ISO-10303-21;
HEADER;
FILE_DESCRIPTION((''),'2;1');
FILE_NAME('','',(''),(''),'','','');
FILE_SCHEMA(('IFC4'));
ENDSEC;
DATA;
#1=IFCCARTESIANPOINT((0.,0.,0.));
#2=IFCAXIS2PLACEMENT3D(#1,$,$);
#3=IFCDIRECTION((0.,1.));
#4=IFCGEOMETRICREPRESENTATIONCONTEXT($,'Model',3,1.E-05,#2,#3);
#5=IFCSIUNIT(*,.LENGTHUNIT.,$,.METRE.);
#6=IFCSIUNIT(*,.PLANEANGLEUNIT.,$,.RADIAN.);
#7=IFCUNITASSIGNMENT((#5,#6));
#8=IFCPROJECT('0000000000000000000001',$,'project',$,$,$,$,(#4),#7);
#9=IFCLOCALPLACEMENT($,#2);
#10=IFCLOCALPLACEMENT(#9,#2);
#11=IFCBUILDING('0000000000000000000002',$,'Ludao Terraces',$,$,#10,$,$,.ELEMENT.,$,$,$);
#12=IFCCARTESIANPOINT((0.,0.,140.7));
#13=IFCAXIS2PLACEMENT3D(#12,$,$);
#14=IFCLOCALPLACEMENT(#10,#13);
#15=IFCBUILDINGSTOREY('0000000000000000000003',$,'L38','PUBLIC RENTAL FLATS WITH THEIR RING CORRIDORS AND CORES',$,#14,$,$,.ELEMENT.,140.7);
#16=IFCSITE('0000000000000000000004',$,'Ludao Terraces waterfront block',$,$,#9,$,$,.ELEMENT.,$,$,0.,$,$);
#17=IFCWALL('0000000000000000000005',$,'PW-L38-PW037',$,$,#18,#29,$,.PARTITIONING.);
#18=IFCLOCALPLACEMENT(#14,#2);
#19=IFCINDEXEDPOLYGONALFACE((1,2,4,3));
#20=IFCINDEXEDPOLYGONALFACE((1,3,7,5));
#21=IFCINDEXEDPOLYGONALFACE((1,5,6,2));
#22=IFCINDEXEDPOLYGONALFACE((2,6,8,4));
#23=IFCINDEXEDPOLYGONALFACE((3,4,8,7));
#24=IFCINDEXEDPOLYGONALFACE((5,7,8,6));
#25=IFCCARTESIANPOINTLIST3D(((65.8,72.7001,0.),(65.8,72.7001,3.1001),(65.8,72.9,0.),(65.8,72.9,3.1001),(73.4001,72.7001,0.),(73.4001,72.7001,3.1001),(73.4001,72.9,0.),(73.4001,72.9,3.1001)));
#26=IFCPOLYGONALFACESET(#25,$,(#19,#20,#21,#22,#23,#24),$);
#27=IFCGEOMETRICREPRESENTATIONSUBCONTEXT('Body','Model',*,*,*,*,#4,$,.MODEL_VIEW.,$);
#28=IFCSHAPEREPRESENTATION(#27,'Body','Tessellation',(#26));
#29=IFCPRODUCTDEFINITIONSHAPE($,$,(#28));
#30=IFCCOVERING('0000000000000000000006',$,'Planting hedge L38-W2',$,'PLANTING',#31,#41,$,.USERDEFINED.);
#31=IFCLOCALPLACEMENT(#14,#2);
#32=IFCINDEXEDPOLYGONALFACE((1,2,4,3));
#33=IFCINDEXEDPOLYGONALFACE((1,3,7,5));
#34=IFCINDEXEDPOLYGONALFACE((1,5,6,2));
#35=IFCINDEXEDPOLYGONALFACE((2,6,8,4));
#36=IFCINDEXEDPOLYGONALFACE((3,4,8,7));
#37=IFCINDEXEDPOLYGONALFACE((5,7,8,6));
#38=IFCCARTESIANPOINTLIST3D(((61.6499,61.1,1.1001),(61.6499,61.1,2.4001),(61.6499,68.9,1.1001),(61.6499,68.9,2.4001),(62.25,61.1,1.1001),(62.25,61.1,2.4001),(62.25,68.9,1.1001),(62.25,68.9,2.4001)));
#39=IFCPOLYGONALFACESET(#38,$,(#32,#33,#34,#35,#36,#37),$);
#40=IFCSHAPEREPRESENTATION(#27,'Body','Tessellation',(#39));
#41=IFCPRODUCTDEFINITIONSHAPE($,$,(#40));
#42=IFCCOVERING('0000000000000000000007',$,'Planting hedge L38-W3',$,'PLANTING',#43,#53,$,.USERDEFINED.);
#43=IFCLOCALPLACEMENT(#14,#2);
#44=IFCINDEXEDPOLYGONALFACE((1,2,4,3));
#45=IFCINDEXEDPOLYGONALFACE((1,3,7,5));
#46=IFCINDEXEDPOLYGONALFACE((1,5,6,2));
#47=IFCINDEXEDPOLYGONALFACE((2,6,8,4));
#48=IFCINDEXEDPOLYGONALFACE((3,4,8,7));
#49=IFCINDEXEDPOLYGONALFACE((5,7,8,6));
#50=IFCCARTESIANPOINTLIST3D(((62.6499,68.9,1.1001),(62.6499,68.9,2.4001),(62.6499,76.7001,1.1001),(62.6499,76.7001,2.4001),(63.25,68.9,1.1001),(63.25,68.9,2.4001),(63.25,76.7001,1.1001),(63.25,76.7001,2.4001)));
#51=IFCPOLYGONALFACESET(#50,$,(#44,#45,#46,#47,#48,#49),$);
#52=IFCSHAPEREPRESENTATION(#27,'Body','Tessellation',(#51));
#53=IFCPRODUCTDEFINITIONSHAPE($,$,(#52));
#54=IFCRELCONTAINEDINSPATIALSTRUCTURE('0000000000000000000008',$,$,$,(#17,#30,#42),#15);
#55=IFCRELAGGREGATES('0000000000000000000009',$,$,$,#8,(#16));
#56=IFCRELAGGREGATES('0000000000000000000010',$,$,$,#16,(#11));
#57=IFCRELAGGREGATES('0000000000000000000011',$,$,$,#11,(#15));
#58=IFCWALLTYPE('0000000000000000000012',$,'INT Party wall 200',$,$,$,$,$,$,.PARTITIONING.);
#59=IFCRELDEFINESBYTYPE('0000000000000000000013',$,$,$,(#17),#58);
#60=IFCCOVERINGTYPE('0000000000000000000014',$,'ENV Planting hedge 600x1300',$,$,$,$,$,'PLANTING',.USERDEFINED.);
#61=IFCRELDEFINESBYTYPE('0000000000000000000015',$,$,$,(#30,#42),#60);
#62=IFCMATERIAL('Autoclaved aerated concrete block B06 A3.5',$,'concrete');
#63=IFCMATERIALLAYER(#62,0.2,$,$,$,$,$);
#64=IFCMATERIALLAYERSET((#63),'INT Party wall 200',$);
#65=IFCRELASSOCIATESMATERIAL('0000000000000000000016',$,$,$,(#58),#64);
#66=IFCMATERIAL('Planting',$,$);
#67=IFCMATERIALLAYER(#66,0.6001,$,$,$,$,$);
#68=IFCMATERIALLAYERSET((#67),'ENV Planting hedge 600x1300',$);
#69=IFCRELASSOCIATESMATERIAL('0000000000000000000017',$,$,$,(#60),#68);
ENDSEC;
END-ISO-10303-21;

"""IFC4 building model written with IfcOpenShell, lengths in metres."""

from ifc_helpers import new_model, si_unit, direction, frame, frame_2d, origin, origin_2d, place, context, subcontext, project, spatial, rectangle, extrude, material, layer, layer_set, type_object, element, save


model = new_model("IFC4")

# Units and contexts
model_context = context("Model", 3, precision=1e-05, world=origin(), true_north=direction((0.0, 1.0)))
body_context = subcontext(model_context, "Body", "Model", "MODEL_VIEW")
ifc_project = project(units=[si_unit("LENGTHUNIT", "METRE"), si_unit("PLANEANGLEUNIT", "RADIAN")], contexts=[model_context])

# Site, building, storey
site_placement = place(None, origin())
site = spatial("IfcSite", under=ifc_project, at=site_placement, Name="Ludao Terraces waterfront block", CompositionType="ELEMENT", RefElevation=0.0)
building_placement = place(site_placement, origin())
building = spatial("IfcBuilding", under=site, at=building_placement, Name="Ludao Terraces", CompositionType="ELEMENT")
storey_placement = place(building_placement, frame((0.0, 0.0, 140.7)))
storey = spatial("IfcBuildingStorey", under=building, at=storey_placement, Name="L38", Description="PUBLIC RENTAL FLATS WITH THEIR RING CORRIDORS AND CORES", CompositionType="ELEMENT", Elevation=140.7)

# Wall
ifc_material_1 = material(Name="Autoclaved aerated concrete block B06 A3.5", Category="concrete")
ifc_layer_1 = layer(ifc_material_1, 0.2)
ifc_layer_set_1 = layer_set([ifc_layer_1], Name="INT Party wall 200")
wall_type_1 = type_object("IfcWallType", Name="INT Party wall 200", PredefinedType="PARTITIONING", material=ifc_layer_set_1)
wall_1_placement = place(storey_placement, frame((65.8, 72.8, 0.0), z_axis=(0.0, 0.0, 1.0), x_axis=(1.0, 0.0, 0.0)))
element("IfcWall", 1, at=wall_1_placement, inside=storey, type_object=wall_type_1, Name="PW-L38-PW037", PredefinedType="PARTITIONING", context=body_context, shape_type="SweptSolid", body=[
    extrude(rectangle(XDim=7.6001, YDim=0.2, at=frame_2d((3.8, 0.0))), origin(), (0.0, 0.0, 1.0), 3.1001),
])

# Coverings
ifc_material_2 = material(Name="Planting")
ifc_layer_2 = layer(ifc_material_2, 0.6001)
ifc_layer_set_2 = layer_set([ifc_layer_2], Name="ENV Planting hedge 600x1300")
covering_type = type_object("IfcCoveringType", Name="ENV Planting hedge 600x1300", ElementType="PLANTING", PredefinedType="USERDEFINED", material=ifc_layer_set_2)
for number, where, z_axis, x_axis, name in (
    (2, (61.95, 65.0, 1.1001), (0.0, 0.0, 1.0), (1.0, 0.0, 0.0), "Planting hedge L38-W2"),
    (3, (62.95, 72.8, 1.1001), (0.0, 0.0, 1.0), (1.0, 0.0, 0.0), "Planting hedge L38-W3"),
):
    element("IfcCovering", number, at=place(storey_placement, frame(where, z_axis=z_axis, x_axis=x_axis)), inside=storey, type_object=covering_type, Name=name, ObjectType="PLANTING", PredefinedType="USERDEFINED", context=body_context, shape_type="SweptSolid", body=[
        extrude(rectangle(XDim=0.6001, YDim=7.8, at=origin_2d()), origin(), (0.0, 0.0, 1.0), 1.3),
    ])

save(model, "model.ifc")
